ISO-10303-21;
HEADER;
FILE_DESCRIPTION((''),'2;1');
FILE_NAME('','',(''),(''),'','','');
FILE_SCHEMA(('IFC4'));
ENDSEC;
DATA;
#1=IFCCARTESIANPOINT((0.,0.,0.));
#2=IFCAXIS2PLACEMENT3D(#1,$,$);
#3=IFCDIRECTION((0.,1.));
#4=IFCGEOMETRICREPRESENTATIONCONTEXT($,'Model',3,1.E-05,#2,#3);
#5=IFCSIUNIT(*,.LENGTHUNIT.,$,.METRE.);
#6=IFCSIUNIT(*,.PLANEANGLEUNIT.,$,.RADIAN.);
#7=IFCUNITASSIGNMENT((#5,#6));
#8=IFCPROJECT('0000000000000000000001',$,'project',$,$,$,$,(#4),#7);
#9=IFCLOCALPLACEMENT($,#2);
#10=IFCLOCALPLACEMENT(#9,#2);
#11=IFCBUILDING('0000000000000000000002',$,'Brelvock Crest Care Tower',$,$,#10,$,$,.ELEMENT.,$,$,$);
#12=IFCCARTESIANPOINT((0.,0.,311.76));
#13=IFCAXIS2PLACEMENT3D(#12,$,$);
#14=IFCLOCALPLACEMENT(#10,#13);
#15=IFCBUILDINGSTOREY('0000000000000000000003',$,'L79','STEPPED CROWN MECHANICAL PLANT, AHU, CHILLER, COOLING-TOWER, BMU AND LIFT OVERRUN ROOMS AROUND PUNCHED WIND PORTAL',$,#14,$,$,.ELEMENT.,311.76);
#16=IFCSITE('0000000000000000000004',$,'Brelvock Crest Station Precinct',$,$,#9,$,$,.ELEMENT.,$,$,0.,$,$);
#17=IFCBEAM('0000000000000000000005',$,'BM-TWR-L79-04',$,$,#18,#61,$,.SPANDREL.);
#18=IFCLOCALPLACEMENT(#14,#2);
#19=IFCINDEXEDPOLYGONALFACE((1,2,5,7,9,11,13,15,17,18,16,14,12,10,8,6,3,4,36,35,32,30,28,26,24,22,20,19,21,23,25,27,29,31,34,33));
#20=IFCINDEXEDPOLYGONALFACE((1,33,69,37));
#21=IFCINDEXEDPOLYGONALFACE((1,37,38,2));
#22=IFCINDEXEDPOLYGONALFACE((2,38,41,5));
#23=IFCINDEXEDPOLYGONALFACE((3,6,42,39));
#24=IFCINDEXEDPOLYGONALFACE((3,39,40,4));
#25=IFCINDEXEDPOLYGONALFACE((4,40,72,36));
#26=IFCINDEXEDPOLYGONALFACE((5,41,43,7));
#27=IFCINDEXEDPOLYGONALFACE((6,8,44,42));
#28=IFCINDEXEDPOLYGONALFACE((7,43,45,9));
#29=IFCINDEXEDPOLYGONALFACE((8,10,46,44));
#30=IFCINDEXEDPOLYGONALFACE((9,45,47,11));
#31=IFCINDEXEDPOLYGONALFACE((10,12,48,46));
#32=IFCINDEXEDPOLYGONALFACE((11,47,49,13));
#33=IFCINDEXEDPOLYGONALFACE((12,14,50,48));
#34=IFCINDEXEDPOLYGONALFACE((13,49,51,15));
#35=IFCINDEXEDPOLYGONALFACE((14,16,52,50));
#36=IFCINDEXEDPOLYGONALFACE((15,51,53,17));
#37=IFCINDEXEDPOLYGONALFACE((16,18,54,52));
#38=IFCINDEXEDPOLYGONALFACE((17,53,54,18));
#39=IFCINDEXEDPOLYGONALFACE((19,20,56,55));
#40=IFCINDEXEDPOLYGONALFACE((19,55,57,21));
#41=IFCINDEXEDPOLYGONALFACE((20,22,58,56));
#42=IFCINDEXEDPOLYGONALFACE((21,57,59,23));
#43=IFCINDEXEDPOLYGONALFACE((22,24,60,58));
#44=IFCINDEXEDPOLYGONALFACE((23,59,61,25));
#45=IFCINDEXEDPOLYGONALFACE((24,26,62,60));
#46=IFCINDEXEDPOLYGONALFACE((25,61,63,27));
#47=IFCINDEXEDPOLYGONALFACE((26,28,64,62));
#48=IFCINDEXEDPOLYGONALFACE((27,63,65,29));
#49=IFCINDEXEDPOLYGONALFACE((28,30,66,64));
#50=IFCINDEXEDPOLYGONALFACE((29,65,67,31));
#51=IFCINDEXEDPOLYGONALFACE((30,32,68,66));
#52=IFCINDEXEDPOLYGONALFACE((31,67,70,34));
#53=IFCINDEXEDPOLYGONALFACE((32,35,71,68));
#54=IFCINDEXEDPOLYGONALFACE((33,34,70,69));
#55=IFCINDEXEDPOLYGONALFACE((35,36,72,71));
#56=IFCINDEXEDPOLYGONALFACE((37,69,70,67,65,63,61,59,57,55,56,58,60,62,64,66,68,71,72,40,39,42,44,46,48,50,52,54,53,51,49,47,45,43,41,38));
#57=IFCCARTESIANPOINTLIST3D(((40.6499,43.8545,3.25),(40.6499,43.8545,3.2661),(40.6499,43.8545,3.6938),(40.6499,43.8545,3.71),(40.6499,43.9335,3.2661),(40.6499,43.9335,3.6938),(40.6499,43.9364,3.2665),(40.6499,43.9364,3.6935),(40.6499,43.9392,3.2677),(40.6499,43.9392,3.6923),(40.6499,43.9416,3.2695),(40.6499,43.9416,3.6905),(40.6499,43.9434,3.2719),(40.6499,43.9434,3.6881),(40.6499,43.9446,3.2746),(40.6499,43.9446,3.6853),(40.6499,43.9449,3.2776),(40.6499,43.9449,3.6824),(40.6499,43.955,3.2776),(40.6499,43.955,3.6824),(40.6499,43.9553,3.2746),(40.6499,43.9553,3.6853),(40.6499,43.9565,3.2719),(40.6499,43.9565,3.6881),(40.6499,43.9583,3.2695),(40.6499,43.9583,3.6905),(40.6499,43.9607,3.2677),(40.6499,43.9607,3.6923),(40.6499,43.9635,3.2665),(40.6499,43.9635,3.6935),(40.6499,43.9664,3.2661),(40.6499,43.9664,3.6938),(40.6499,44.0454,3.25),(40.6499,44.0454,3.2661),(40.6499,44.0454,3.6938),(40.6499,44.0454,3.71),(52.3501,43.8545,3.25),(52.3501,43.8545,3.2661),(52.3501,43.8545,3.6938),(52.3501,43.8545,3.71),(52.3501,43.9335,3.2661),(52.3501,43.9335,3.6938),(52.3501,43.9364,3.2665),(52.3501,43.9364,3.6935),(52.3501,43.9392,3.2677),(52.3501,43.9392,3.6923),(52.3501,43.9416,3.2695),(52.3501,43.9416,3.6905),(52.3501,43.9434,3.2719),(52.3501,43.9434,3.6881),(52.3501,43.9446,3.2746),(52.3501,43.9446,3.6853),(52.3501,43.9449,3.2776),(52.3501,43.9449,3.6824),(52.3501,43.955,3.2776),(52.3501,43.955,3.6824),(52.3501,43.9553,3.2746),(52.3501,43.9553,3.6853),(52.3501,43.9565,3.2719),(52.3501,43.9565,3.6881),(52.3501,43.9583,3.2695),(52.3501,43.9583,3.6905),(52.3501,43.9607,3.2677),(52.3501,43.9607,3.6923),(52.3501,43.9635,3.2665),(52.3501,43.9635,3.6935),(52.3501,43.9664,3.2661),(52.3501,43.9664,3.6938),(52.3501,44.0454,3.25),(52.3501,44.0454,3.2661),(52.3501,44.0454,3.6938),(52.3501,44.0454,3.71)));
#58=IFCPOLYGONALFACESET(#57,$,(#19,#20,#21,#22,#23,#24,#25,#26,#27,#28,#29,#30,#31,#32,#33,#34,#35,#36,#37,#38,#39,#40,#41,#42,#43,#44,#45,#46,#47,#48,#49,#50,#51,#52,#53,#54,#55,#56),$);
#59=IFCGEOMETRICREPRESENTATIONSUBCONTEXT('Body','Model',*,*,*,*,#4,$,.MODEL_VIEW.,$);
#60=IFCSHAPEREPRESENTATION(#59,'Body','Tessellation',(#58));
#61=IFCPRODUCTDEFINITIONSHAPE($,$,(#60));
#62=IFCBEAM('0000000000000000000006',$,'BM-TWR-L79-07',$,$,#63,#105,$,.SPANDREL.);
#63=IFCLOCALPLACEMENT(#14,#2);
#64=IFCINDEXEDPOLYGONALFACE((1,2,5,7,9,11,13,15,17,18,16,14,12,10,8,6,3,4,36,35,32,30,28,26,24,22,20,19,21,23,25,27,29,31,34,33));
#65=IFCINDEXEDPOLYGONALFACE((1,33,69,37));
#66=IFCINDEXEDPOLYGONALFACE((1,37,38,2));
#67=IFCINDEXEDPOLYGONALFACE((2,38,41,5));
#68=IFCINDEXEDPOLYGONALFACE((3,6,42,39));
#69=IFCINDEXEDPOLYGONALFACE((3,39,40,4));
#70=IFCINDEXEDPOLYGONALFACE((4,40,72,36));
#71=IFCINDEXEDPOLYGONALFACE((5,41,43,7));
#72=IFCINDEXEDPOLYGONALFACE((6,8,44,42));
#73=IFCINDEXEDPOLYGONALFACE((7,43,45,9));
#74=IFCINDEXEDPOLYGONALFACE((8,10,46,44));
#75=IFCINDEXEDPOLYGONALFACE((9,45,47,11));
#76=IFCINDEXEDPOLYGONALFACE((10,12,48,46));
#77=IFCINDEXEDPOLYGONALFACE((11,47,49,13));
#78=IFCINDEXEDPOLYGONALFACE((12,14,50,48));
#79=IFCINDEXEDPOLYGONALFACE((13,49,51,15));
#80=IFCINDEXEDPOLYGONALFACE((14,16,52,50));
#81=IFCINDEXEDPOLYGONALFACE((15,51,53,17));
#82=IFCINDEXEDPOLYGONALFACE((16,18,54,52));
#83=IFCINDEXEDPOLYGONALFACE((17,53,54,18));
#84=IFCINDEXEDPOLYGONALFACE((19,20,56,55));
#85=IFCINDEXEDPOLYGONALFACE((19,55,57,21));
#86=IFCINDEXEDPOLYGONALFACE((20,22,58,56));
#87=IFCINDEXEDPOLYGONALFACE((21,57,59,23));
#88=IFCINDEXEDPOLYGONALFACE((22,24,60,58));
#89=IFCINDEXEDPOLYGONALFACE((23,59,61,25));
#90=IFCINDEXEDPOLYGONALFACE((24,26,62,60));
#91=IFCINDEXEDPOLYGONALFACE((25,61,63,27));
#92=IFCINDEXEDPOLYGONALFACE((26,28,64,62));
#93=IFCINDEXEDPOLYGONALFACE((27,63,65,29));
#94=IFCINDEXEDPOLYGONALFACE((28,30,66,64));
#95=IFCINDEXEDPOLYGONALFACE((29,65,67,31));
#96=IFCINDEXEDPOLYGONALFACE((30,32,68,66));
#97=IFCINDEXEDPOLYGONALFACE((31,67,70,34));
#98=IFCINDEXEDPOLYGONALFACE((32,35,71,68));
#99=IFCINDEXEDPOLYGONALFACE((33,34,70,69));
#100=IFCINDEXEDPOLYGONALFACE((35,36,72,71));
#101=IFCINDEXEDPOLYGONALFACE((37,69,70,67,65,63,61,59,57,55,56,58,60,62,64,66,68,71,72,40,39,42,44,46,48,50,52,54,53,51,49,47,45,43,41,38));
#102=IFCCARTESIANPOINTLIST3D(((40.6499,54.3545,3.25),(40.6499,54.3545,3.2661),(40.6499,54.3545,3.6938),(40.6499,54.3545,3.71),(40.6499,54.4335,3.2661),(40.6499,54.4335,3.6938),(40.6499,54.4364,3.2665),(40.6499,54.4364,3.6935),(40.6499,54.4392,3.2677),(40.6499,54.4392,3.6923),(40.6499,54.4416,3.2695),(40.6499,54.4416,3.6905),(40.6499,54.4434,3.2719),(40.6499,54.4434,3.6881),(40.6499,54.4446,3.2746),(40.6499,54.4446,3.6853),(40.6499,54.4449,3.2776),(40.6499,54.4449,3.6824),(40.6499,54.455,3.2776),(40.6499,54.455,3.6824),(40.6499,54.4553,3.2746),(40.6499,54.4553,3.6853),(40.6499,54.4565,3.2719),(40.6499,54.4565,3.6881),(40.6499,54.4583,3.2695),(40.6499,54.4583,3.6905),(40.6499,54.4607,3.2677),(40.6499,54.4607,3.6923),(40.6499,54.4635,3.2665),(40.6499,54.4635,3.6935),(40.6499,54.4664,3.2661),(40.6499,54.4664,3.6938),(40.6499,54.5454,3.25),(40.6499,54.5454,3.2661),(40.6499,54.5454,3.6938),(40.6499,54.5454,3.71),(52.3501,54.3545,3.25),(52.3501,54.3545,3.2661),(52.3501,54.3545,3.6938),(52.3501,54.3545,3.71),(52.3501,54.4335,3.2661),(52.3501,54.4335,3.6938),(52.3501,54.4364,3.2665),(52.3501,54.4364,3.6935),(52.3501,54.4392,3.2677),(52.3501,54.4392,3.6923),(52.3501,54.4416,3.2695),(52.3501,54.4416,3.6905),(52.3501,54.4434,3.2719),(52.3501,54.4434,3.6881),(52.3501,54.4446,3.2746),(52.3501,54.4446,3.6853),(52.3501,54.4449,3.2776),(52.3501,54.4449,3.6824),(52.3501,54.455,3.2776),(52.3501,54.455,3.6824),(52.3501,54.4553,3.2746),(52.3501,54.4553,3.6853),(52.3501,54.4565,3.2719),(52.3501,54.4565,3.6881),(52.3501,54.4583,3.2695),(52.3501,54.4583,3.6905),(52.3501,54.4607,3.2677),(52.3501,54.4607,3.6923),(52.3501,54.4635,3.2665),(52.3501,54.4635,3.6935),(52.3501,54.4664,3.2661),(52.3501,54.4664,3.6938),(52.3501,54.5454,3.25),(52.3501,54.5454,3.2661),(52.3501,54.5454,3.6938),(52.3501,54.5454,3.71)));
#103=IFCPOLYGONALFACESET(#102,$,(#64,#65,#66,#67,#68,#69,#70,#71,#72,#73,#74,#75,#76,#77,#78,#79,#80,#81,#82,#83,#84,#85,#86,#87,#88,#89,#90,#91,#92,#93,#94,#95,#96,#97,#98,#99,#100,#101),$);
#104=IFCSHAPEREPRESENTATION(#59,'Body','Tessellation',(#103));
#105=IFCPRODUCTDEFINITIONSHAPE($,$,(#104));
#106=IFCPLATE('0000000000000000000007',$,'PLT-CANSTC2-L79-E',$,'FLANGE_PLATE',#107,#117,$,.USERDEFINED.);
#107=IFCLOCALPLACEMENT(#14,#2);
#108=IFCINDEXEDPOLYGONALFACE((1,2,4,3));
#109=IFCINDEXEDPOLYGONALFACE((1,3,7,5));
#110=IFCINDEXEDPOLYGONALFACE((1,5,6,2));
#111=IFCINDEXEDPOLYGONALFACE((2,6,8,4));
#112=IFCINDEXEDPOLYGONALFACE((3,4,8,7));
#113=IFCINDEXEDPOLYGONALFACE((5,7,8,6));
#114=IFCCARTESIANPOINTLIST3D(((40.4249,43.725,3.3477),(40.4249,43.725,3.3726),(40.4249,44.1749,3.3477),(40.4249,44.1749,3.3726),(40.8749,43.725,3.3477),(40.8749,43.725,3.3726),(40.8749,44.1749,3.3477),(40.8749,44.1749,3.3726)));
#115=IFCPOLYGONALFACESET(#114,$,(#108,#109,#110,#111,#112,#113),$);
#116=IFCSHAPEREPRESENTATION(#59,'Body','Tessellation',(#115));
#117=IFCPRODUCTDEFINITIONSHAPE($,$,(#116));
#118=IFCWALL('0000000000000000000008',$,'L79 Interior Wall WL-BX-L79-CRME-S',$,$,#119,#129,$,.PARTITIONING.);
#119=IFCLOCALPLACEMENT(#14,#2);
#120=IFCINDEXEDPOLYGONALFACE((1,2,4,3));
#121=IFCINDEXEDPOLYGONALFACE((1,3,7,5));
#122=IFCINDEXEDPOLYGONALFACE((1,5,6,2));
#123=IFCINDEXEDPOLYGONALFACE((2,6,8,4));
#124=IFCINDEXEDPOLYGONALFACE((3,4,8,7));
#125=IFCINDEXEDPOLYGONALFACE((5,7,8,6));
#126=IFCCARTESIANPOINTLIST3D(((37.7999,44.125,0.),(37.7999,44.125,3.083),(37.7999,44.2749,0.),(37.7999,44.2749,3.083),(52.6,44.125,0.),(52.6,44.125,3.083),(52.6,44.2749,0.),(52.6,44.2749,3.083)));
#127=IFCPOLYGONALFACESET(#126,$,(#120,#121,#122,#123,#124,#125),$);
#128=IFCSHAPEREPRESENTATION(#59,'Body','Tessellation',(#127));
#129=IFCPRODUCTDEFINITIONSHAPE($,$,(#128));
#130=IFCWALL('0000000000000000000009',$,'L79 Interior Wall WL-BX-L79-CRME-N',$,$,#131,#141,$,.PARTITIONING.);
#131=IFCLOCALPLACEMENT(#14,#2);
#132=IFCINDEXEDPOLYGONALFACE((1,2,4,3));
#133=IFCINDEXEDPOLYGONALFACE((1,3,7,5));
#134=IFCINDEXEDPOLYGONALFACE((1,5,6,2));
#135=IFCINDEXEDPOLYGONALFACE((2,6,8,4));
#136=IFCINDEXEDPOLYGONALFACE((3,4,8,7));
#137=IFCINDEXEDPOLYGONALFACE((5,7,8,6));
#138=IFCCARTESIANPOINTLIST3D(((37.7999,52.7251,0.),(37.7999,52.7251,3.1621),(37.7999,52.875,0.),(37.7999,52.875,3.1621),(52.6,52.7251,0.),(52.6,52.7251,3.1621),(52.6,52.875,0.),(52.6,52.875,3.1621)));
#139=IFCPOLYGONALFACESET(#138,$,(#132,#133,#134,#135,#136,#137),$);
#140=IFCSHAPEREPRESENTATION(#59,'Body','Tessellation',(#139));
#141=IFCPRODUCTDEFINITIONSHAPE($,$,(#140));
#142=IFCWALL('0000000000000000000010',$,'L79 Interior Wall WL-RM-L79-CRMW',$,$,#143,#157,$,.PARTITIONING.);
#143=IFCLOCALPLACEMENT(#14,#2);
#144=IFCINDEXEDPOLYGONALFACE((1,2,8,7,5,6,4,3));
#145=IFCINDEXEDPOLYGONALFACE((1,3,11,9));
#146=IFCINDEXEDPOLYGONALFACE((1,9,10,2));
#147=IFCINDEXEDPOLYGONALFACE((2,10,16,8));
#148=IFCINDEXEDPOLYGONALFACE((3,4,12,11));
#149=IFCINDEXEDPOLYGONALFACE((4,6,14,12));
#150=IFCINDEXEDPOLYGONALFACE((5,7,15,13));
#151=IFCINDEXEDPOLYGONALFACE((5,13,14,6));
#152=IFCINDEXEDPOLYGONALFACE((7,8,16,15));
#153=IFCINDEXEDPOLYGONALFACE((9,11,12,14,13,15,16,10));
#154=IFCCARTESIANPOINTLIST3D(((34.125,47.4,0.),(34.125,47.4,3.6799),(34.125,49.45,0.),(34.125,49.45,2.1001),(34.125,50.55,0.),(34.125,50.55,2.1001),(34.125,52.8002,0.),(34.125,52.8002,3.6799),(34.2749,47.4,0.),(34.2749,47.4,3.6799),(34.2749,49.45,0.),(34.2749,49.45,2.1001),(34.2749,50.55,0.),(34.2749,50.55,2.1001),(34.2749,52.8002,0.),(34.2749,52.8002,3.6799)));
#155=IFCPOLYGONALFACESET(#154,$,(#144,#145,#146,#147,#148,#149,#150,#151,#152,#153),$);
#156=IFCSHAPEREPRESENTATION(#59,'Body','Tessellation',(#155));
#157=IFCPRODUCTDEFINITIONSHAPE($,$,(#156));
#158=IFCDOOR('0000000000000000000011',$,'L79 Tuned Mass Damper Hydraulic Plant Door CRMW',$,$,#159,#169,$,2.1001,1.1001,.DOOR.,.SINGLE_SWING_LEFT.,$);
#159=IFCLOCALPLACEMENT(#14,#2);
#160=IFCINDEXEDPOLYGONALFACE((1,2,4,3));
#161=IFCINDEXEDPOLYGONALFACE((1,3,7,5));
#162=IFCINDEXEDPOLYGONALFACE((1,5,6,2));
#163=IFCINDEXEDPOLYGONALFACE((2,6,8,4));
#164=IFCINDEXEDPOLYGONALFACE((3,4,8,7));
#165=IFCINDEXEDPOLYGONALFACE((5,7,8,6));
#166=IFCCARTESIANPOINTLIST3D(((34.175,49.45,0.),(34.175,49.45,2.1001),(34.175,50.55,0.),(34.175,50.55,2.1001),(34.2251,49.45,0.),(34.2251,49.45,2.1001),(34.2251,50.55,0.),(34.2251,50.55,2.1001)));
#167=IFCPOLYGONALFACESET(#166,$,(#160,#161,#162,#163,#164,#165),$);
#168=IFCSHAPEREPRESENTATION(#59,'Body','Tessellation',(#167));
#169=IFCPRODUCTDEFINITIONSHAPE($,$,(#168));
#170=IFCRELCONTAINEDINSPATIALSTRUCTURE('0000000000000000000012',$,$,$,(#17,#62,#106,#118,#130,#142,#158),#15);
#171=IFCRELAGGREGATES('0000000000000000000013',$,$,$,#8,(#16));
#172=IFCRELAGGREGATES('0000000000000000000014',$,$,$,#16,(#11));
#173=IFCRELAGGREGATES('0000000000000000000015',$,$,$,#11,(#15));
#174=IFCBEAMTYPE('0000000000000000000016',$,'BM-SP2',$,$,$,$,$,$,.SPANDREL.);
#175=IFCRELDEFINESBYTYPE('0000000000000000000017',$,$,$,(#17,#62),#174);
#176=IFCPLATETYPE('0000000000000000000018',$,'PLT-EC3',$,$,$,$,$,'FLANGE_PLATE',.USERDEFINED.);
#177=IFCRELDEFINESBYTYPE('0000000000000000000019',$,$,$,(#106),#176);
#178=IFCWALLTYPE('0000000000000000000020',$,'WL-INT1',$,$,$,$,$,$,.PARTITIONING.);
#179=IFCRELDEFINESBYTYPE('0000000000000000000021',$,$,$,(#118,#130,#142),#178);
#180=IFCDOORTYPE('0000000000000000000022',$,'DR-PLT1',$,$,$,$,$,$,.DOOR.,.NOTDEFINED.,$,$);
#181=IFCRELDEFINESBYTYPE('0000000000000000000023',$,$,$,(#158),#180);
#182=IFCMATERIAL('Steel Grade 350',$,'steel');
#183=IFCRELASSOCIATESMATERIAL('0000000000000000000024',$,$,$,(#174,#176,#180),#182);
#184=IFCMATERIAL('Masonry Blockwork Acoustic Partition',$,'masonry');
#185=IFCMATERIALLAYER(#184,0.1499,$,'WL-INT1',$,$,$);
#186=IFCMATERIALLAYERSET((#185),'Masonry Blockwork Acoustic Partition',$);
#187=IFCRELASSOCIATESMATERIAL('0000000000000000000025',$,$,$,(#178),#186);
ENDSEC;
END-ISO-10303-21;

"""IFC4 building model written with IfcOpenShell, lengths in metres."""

from ifc_helpers import new_model, si_unit, direction, frame, frame_2d, origin, origin_2d, place, context, subcontext, project, spatial, rectangle, i_section, extrude, source, transform, mapped, material, layer, layer_set, material_profile, profile_set, type_object, element, fill, save


model = new_model("IFC4")

# Units and contexts
model_context = context("Model", 3, precision=1e-05, world=origin(), true_north=direction((0.0, 1.0)))
body_context = subcontext(model_context, "Body", "Model", "MODEL_VIEW")
ifc_project = project(units=[si_unit("LENGTHUNIT", "METRE"), si_unit("PLANEANGLEUNIT", "RADIAN")], contexts=[model_context])

# Site, building, storey
site_placement = place(None, origin())
site = spatial("IfcSite", under=ifc_project, at=site_placement, Name="Brelvock Crest Station Precinct", CompositionType="ELEMENT", RefElevation=0.0)
building_placement = place(site_placement, origin())
building = spatial("IfcBuilding", under=site, at=building_placement, Name="Brelvock Crest Care Tower", CompositionType="ELEMENT")
storey_placement = place(building_placement, frame((0.0, 0.0, 311.76)))
storey = spatial("IfcBuildingStorey", under=building, at=storey_placement, Name="L79", Description="STEPPED CROWN MECHANICAL PLANT, AHU, CHILLER, COOLING-TOWER, BMU AND LIFT OVERRUN ROOMS AROUND PUNCHED WIND PORTAL", CompositionType="ELEMENT", Elevation=311.76)

# Shared definitions
ifc_material_1 = material(Name="Steel Grade 350", Category="steel")

# Beams
ifc_material_profile_1 = material_profile(ifc_material_1, i_section(OverallWidth=0.1909, OverallDepth=0.46, WebThickness=0.01, FlangeThickness=0.0161, FilletRadius=0.0115, at=origin_2d()), Name="460UB82.1")
ifc_profile_set_1 = profile_set([ifc_material_profile_1], Name="Steel Grade 350")
beam_type_1 = type_object("IfcBeamType", Name="BM-SP2", PredefinedType="SPANDREL", material=ifc_profile_set_1)
shared_shape_1 = source(origin(), body_context, "Body", "SweptSolid", [
    extrude(i_section(OverallWidth=0.1909, OverallDepth=0.46, WebThickness=0.01, FlangeThickness=0.0161, FilletRadius=0.0115, at=origin_2d()), origin(), (0.0, 0.0, 1.0), 11.7002),
])
for number, where, z_axis, x_axis, name in (
    (1, (40.6499, 43.95, 3.48), (1.0, 0.0, 0.0), (0.0, 1.0, 0.0), "BM-TWR-L79-04"),
    (2, (40.6499, 54.45, 3.48), (1.0, 0.0, 0.0), (0.0, 1.0, 0.0), "BM-TWR-L79-07"),
):
    element("IfcBeam", number, at=place(storey_placement, frame(where, z_axis=z_axis, x_axis=x_axis)), inside=storey, type_object=beam_type_1, Name=name, PredefinedType="SPANDREL", context=body_context, shape_type="MappedRepresentation", body=[
        mapped(shared_shape_1, transform((0.0, 0.0, 0.0), x_axis=(1.0, 0.0, 0.0), y_axis=(0.0, 1.0, 0.0), z_axis=(0.0, 0.0, 1.0), scale=1.0)),
    ])

# Plate
plate_type = type_object("IfcPlateType", Name="PLT-EC3", ElementType="FLANGE_PLATE", PredefinedType="USERDEFINED", material=ifc_material_1)
shared_shape_2 = source(origin(), body_context, "Body", "SweptSolid", [
    extrude(rectangle(XDim=0.45, YDim=0.45, at=origin_2d()), origin(), (0.0, 0.0, 1.0), 0.0249),
])
plate_placement = place(storey_placement, frame((40.6499, 43.95, 3.3477), z_axis=(0.0, 0.0, 1.0), x_axis=(1.0, 0.0, 0.0)))
element("IfcPlate", 3, at=plate_placement, inside=storey, type_object=plate_type, Name="PLT-CANSTC2-L79-E", ObjectType="FLANGE_PLATE", PredefinedType="USERDEFINED", context=body_context, shape_type="MappedRepresentation", body=[
    mapped(shared_shape_2, transform((0.0, 0.0, 0.0), x_axis=(1.0, 0.0, 0.0), y_axis=(0.0, 1.0, 0.0), z_axis=(0.0, 0.0, 1.0), scale=1.0)),
])

# Walls
ifc_material_2 = material(Name="Masonry Blockwork Acoustic Partition", Category="masonry")
ifc_layer = layer(ifc_material_2, 0.1499, Name="WL-INT1")
ifc_layer_set = layer_set([ifc_layer], Name="Masonry Blockwork Acoustic Partition")
wall_type = type_object("IfcWallType", Name="WL-INT1", PredefinedType="PARTITIONING", material=ifc_layer_set)
wall_1_placement = place(storey_placement, frame((37.8, 44.2, 0.0), z_axis=(0.0, 0.0, 1.0), x_axis=(1.0, 0.0, 0.0)))
element("IfcWall", 4, at=wall_1_placement, inside=storey, type_object=wall_type, Name="L79 Interior Wall WL-BX-L79-CRME-S", PredefinedType="PARTITIONING", context=body_context, shape_type="SweptSolid", body=[
    extrude(rectangle(XDim=14.8, YDim=0.1499, at=frame_2d((7.3999, 0.0))), origin(), (0.0, 0.0, 1.0), 3.083),
])
wall_2_placement = place(storey_placement, frame((37.8, 52.8, 0.0), z_axis=(0.0, 0.0, 1.0), x_axis=(1.0, 0.0, 0.0)))
element("IfcWall", 5, at=wall_2_placement, inside=storey, type_object=wall_type, Name="L79 Interior Wall WL-BX-L79-CRME-N", PredefinedType="PARTITIONING", context=body_context, shape_type="SweptSolid", body=[
    extrude(rectangle(XDim=14.8, YDim=0.1499, at=frame_2d((7.3999, 0.0))), origin(), (0.0, 0.0, 1.0), 3.1621),
])

# Wall, opening, door
wall_3_placement = place(storey_placement, frame((34.2, 47.3999, 0.0), z_axis=(0.0, 0.0, 1.0), x_axis=(0.0, 1.0, 0.0)))
wall_3 = element("IfcWall", 6, at=wall_3_placement, inside=storey, type_object=wall_type, Name="L79 Interior Wall WL-RM-L79-CRMW", PredefinedType="PARTITIONING", context=body_context, shape_type="SweptSolid", body=[
    extrude(rectangle(XDim=5.4001, YDim=0.1499, at=frame_2d((2.7002, 0.0))), origin(), (0.0, 0.0, 1.0), 3.6799),
])
opening_1_placement = place(wall_3_placement, frame((2.05, 0.0, 0.0)))
opening_1 = element("IfcOpeningElement", 7, at=opening_1_placement, cuts=wall_3, PredefinedType="OPENING", context=body_context, shape_type="SweptSolid", body=[
    extrude(rectangle(XDim=1.1001, YDim=2.1001, at=origin_2d()), frame((0.55, 0.085, 1.05), z_axis=(0.0, -1.0, 0.0), x_axis=(1.0, 0.0, 0.0)), (0.0, 0.0, 1.0), 0.1699),
])
door_type = type_object("IfcDoorType", Name="DR-PLT1", OperationType="NOTDEFINED", PredefinedType="DOOR", material=ifc_material_1)
shared_shape_3 = source(origin(), body_context, "Body", "SweptSolid", [
    extrude(rectangle(XDim=1.1001, YDim=2.1001, at=origin_2d()), frame((0.55, 0.0249, 1.05), z_axis=(0.0, -1.0, 0.0), x_axis=(1.0, 0.0, 0.0)), (0.0, 0.0, 1.0), 0.05),
])
door_1_placement = place(opening_1_placement, origin())
door_1 = element("IfcDoor", 8, at=door_1_placement, inside=storey, type_object=door_type, Name="L79 Tuned Mass Damper Hydraulic Plant Door CRMW", OperationType="SINGLE_SWING_LEFT", OverallHeight=2.1001, OverallWidth=1.1001, PredefinedType="DOOR", context=body_context, shape_type="MappedRepresentation", body=[
    mapped(shared_shape_3, transform((0.0, 0.0, 0.0), x_axis=(1.0, 0.0, 0.0), y_axis=(0.0, 1.0, 0.0), z_axis=(0.0, 0.0, 1.0), scale=1.0)),
])
fill(opening_1, door_1)

save(model, "model.ifc")
